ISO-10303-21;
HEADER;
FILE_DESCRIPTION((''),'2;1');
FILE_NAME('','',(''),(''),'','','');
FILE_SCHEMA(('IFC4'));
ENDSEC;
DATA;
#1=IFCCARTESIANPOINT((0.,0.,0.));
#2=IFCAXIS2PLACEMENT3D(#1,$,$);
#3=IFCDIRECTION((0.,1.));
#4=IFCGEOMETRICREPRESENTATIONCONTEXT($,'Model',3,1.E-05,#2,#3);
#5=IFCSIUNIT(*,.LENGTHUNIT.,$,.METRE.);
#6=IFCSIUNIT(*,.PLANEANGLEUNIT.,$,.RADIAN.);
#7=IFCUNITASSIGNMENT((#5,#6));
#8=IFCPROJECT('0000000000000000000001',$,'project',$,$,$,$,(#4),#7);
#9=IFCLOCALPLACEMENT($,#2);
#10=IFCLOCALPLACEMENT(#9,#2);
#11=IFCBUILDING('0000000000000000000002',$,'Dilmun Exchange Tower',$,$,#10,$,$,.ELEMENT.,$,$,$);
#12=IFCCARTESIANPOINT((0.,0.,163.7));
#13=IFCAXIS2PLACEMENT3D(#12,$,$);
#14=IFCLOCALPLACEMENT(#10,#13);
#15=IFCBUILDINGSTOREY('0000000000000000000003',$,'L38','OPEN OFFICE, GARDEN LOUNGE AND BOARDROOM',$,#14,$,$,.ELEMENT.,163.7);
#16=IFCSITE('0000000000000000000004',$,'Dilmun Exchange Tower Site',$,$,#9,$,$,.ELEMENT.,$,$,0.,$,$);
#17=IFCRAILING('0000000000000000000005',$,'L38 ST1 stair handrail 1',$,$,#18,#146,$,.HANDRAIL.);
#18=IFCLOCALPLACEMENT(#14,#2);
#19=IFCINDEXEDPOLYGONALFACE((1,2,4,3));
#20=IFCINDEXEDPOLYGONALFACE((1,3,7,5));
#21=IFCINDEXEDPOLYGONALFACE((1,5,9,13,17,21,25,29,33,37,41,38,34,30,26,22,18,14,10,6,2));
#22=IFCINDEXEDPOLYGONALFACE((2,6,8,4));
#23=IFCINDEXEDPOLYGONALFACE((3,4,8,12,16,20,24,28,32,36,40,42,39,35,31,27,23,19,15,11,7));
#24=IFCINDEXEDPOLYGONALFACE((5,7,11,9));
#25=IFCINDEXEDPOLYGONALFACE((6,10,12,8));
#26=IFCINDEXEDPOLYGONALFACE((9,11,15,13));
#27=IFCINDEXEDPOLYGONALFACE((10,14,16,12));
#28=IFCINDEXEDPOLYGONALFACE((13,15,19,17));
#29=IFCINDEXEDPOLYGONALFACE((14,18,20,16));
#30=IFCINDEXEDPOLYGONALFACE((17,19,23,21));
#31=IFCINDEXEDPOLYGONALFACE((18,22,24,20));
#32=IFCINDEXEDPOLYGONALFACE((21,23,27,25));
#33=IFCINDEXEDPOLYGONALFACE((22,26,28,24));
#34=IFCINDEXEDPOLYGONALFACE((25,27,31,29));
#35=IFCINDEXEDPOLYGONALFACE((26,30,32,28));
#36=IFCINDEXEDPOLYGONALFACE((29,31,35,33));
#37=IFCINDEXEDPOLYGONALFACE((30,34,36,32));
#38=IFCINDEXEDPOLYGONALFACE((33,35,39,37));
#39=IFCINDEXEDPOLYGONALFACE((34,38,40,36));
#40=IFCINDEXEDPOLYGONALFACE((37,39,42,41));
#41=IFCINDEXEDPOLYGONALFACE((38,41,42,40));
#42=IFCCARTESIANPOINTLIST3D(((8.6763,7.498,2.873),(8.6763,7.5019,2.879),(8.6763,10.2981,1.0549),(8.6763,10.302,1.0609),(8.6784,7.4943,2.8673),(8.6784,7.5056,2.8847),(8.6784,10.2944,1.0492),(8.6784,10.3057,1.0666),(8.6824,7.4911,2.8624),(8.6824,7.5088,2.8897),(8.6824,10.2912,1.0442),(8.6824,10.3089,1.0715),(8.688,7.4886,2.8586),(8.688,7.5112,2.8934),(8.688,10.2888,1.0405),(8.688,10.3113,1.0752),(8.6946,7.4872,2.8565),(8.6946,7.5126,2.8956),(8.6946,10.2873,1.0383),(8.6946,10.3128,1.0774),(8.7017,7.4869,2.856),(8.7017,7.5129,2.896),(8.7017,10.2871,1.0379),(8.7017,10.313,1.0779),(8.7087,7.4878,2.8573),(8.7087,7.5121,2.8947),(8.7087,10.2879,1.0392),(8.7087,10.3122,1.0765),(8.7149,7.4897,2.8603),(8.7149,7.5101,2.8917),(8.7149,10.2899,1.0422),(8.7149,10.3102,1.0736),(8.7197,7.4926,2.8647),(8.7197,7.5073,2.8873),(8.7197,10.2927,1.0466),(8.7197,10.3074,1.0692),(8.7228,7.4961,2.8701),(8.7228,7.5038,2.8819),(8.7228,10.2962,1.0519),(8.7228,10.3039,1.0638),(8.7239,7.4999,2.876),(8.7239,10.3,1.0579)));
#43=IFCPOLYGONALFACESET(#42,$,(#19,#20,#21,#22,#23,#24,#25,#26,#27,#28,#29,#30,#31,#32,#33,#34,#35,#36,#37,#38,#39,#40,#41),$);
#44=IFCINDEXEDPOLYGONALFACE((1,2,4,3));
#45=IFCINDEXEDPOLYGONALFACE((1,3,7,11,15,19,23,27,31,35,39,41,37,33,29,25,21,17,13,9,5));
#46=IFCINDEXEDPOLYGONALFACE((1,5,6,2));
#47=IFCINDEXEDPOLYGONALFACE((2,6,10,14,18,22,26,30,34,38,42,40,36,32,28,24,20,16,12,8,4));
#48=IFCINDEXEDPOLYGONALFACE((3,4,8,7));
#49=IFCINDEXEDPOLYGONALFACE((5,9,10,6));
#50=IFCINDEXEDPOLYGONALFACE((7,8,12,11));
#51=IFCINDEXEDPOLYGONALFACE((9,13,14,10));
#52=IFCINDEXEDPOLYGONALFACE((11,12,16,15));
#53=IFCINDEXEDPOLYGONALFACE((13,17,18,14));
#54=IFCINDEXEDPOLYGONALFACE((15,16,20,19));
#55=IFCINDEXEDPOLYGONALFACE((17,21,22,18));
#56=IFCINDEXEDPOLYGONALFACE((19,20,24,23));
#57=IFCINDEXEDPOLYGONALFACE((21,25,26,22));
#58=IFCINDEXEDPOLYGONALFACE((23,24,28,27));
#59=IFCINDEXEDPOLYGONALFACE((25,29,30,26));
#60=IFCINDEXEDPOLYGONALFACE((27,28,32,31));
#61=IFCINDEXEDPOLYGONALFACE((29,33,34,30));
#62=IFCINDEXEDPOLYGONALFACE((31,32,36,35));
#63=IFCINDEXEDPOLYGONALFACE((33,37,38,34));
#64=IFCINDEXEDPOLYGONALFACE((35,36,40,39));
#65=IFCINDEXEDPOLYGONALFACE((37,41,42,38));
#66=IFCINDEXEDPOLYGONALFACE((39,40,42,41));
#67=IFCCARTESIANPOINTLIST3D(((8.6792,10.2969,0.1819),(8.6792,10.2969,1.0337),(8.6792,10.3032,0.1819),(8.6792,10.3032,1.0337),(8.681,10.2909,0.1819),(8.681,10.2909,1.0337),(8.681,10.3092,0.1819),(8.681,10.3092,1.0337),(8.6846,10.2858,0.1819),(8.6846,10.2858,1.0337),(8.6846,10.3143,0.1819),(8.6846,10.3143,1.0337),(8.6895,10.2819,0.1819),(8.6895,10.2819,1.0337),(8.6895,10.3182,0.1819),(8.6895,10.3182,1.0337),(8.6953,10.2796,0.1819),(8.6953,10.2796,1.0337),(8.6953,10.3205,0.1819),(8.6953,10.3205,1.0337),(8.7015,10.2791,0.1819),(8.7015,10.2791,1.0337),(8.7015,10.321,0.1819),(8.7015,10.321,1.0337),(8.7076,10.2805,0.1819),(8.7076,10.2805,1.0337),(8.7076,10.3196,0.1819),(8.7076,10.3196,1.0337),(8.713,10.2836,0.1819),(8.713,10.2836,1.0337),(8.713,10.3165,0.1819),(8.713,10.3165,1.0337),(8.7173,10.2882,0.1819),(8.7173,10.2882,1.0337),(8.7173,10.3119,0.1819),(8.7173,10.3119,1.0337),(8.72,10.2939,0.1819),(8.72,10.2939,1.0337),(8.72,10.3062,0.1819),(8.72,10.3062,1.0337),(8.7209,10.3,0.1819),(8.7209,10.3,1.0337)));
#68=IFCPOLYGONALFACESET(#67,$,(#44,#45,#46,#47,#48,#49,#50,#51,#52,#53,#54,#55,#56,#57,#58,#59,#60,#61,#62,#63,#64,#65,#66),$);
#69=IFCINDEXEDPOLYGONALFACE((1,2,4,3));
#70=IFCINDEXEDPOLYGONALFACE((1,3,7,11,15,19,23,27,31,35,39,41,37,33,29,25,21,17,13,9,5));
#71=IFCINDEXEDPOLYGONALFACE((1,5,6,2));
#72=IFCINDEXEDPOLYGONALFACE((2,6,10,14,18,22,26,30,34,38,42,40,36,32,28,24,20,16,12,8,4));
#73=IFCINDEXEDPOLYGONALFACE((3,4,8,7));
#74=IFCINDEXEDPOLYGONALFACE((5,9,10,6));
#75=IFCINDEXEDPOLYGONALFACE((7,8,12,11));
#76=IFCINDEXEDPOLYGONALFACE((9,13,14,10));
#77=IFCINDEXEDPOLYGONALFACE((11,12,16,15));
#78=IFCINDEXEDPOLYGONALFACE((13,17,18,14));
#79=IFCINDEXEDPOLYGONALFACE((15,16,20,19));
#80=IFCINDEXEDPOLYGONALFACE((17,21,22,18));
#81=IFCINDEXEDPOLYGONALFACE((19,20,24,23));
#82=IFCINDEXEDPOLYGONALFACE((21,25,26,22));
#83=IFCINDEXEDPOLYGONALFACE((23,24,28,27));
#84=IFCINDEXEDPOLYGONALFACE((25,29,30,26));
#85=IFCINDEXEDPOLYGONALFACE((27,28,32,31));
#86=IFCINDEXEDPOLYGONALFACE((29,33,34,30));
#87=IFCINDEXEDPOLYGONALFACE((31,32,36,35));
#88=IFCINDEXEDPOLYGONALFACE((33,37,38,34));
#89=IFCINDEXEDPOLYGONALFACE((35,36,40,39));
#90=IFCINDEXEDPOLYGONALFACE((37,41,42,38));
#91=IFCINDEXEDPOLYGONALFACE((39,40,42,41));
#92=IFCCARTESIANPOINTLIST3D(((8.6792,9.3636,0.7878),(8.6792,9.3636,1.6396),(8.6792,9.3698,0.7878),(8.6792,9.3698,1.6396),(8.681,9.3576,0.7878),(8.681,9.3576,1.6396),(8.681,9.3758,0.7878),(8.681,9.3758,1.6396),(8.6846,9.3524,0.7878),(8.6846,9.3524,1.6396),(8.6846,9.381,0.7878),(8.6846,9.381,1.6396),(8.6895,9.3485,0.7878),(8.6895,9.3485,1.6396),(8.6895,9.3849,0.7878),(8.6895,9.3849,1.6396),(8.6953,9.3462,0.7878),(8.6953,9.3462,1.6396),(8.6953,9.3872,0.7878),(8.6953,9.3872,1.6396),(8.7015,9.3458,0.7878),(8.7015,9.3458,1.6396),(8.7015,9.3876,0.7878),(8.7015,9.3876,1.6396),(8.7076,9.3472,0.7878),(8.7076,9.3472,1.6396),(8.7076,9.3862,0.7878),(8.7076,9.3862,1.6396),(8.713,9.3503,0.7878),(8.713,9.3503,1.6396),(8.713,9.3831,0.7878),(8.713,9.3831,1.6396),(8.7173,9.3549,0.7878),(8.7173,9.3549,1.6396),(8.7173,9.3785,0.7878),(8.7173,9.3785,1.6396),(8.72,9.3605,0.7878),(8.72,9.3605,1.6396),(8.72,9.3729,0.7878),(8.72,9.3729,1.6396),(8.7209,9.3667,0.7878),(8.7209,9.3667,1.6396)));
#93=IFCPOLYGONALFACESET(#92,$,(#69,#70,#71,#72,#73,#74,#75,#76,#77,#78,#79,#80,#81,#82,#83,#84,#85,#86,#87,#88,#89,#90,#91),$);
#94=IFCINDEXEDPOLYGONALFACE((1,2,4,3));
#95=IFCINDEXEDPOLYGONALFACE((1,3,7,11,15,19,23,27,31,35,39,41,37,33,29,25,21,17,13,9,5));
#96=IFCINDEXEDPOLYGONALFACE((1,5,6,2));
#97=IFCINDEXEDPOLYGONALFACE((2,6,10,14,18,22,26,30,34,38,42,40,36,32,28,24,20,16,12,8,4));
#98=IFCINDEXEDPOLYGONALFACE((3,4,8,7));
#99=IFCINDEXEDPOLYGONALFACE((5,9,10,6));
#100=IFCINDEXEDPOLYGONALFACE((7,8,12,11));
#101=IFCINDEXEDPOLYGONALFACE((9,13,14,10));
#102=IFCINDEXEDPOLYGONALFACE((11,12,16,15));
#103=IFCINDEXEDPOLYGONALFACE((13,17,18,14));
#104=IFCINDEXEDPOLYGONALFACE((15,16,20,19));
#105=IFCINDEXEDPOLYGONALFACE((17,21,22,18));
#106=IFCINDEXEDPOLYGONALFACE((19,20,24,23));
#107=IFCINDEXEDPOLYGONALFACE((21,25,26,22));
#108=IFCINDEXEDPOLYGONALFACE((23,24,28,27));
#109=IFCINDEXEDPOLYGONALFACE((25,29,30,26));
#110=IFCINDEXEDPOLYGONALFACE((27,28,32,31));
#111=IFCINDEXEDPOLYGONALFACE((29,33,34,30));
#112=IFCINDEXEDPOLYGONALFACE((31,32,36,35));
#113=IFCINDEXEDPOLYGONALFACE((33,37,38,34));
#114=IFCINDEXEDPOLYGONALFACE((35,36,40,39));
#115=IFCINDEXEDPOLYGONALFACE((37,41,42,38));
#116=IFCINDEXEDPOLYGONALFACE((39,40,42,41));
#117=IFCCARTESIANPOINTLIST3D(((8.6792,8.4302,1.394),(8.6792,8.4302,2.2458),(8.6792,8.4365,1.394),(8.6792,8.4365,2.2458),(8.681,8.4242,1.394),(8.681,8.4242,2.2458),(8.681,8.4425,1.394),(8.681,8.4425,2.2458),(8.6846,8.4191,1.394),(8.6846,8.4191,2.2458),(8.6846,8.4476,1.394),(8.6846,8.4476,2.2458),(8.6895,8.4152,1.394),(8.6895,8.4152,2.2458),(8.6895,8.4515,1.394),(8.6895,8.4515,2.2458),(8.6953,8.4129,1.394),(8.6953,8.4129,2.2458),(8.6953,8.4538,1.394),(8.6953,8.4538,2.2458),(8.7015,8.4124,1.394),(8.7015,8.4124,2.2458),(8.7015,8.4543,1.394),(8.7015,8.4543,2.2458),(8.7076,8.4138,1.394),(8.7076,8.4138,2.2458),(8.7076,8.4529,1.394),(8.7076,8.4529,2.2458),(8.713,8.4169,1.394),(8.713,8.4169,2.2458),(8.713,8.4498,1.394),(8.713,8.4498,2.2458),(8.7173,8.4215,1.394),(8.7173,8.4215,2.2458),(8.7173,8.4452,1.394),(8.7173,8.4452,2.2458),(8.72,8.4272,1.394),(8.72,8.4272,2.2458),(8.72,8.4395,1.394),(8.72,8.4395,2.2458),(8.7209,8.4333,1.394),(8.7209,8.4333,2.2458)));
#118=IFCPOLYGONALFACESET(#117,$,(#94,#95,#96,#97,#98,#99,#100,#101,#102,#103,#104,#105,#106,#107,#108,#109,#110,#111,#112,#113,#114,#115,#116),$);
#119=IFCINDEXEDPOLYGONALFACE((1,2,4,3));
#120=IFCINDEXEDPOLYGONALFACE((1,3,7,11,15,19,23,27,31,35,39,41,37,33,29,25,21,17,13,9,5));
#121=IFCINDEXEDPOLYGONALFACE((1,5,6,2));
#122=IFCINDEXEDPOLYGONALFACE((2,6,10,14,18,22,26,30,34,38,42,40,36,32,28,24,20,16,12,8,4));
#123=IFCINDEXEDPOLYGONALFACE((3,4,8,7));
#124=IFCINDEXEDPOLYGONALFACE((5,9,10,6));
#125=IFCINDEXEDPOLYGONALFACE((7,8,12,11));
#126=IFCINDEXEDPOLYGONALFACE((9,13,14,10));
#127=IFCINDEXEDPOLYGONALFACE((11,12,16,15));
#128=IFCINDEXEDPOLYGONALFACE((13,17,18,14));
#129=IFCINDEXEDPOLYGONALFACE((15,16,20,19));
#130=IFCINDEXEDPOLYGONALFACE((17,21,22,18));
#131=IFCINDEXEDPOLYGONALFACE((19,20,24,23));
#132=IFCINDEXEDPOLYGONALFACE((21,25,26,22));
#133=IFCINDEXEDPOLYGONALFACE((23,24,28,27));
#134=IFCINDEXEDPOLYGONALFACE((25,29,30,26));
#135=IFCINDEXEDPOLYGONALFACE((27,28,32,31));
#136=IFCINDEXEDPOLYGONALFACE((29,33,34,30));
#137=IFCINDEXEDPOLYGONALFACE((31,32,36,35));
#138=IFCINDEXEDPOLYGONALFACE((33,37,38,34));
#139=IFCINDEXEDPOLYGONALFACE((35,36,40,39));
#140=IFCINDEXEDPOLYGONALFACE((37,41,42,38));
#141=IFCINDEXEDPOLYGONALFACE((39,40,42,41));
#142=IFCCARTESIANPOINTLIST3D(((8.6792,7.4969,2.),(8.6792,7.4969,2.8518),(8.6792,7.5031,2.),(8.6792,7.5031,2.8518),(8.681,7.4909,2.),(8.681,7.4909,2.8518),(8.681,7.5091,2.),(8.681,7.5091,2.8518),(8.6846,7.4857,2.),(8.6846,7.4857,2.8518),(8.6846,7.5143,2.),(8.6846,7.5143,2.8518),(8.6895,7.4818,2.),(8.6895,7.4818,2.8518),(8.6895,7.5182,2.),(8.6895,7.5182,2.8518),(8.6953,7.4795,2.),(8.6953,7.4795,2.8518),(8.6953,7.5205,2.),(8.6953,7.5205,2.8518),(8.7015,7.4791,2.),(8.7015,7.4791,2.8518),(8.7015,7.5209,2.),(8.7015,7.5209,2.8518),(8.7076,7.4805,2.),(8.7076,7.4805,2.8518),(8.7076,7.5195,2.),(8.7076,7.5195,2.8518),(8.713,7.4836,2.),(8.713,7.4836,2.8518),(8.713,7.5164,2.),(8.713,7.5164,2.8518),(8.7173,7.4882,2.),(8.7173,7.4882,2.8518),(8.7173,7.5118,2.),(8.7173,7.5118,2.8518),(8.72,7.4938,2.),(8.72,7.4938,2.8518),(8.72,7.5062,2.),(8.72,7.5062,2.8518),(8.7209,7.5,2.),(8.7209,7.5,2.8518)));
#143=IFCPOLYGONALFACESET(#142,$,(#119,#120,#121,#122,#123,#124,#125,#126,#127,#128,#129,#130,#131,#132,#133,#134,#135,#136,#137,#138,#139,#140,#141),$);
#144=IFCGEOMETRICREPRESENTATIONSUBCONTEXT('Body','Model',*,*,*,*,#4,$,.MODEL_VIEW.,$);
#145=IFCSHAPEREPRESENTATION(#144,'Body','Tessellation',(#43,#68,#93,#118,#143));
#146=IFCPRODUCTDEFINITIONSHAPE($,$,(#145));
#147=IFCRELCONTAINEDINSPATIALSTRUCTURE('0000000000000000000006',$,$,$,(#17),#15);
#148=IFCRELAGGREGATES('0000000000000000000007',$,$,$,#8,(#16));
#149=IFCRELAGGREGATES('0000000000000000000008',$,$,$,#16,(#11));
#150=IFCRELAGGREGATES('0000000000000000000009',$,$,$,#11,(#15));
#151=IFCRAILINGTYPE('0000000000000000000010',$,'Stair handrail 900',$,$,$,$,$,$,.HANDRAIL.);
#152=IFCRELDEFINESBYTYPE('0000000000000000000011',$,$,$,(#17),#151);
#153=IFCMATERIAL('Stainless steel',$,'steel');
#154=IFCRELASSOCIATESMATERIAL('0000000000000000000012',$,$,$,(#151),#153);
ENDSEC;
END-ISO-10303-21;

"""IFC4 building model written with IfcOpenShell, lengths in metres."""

from ifc_helpers import new_model, si_unit, direction, frame, origin, origin_2d, place, context, subcontext, project, spatial, circle, extrude, material, type_object, element, save


model = new_model("IFC4")

# Units and contexts
model_context = context("Model", 3, precision=1e-05, world=origin(), true_north=direction((0.0, 1.0)))
body_context = subcontext(model_context, "Body", "Model", "MODEL_VIEW")
ifc_project = project(units=[si_unit("LENGTHUNIT", "METRE"), si_unit("PLANEANGLEUNIT", "RADIAN")], contexts=[model_context])

# Site, building, storey
site_placement = place(None, origin())
site = spatial("IfcSite", under=ifc_project, at=site_placement, Name="Dilmun Exchange Tower Site", CompositionType="ELEMENT", RefElevation=0.0)
building_placement = place(site_placement, origin())
building = spatial("IfcBuilding", under=site, at=building_placement, Name="Dilmun Exchange Tower", CompositionType="ELEMENT")
storey_placement = place(building_placement, frame((0.0, 0.0, 163.7)))
storey = spatial("IfcBuildingStorey", under=building, at=storey_placement, Name="L38", Description="OPEN OFFICE, GARDEN LOUNGE AND BOARDROOM", CompositionType="ELEMENT", Elevation=163.7)

# Railing
ifc_material_1 = material(Name="Stainless steel", Category="steel")
railing_type = type_object("IfcRailingType", Name="Stair handrail 900", PredefinedType="HANDRAIL", material=ifc_material_1)
railing_1_placement = place(storey_placement, frame((8.7, 10.3, 0.1819)))
element("IfcRailing", 1, at=railing_1_placement, inside=storey, type_object=railing_type, Name="L38 ST1 stair handrail 1", PredefinedType="HANDRAIL", context=body_context, shape_type="SweptSolid", body=[
    extrude(circle(Radius=0.0239, at=origin_2d()), frame((0.0, 0.0, 0.876), z_axis=(0.0, -0.838706, 0.544585), x_axis=(1.0, 0.0, 0.0)), (0.0, 0.0, 1.0), 3.3386),
    extrude(circle(Radius=0.021, at=origin_2d()), origin(), (0.0, 0.0, 1.0), 0.8518),
    extrude(circle(Radius=0.021, at=origin_2d()), frame((0.0, -0.9333, 0.606)), (0.0, 0.0, 1.0), 0.8518),
    extrude(circle(Radius=0.021, at=origin_2d()), frame((0.0, -1.8667, 1.2122)), (0.0, 0.0, 1.0), 0.8518),
    extrude(circle(Radius=0.021, at=origin_2d()), frame((0.0, -2.8, 1.8181)), (0.0, 0.0, 1.0), 0.8518),
])

save(model, "model.ifc")
